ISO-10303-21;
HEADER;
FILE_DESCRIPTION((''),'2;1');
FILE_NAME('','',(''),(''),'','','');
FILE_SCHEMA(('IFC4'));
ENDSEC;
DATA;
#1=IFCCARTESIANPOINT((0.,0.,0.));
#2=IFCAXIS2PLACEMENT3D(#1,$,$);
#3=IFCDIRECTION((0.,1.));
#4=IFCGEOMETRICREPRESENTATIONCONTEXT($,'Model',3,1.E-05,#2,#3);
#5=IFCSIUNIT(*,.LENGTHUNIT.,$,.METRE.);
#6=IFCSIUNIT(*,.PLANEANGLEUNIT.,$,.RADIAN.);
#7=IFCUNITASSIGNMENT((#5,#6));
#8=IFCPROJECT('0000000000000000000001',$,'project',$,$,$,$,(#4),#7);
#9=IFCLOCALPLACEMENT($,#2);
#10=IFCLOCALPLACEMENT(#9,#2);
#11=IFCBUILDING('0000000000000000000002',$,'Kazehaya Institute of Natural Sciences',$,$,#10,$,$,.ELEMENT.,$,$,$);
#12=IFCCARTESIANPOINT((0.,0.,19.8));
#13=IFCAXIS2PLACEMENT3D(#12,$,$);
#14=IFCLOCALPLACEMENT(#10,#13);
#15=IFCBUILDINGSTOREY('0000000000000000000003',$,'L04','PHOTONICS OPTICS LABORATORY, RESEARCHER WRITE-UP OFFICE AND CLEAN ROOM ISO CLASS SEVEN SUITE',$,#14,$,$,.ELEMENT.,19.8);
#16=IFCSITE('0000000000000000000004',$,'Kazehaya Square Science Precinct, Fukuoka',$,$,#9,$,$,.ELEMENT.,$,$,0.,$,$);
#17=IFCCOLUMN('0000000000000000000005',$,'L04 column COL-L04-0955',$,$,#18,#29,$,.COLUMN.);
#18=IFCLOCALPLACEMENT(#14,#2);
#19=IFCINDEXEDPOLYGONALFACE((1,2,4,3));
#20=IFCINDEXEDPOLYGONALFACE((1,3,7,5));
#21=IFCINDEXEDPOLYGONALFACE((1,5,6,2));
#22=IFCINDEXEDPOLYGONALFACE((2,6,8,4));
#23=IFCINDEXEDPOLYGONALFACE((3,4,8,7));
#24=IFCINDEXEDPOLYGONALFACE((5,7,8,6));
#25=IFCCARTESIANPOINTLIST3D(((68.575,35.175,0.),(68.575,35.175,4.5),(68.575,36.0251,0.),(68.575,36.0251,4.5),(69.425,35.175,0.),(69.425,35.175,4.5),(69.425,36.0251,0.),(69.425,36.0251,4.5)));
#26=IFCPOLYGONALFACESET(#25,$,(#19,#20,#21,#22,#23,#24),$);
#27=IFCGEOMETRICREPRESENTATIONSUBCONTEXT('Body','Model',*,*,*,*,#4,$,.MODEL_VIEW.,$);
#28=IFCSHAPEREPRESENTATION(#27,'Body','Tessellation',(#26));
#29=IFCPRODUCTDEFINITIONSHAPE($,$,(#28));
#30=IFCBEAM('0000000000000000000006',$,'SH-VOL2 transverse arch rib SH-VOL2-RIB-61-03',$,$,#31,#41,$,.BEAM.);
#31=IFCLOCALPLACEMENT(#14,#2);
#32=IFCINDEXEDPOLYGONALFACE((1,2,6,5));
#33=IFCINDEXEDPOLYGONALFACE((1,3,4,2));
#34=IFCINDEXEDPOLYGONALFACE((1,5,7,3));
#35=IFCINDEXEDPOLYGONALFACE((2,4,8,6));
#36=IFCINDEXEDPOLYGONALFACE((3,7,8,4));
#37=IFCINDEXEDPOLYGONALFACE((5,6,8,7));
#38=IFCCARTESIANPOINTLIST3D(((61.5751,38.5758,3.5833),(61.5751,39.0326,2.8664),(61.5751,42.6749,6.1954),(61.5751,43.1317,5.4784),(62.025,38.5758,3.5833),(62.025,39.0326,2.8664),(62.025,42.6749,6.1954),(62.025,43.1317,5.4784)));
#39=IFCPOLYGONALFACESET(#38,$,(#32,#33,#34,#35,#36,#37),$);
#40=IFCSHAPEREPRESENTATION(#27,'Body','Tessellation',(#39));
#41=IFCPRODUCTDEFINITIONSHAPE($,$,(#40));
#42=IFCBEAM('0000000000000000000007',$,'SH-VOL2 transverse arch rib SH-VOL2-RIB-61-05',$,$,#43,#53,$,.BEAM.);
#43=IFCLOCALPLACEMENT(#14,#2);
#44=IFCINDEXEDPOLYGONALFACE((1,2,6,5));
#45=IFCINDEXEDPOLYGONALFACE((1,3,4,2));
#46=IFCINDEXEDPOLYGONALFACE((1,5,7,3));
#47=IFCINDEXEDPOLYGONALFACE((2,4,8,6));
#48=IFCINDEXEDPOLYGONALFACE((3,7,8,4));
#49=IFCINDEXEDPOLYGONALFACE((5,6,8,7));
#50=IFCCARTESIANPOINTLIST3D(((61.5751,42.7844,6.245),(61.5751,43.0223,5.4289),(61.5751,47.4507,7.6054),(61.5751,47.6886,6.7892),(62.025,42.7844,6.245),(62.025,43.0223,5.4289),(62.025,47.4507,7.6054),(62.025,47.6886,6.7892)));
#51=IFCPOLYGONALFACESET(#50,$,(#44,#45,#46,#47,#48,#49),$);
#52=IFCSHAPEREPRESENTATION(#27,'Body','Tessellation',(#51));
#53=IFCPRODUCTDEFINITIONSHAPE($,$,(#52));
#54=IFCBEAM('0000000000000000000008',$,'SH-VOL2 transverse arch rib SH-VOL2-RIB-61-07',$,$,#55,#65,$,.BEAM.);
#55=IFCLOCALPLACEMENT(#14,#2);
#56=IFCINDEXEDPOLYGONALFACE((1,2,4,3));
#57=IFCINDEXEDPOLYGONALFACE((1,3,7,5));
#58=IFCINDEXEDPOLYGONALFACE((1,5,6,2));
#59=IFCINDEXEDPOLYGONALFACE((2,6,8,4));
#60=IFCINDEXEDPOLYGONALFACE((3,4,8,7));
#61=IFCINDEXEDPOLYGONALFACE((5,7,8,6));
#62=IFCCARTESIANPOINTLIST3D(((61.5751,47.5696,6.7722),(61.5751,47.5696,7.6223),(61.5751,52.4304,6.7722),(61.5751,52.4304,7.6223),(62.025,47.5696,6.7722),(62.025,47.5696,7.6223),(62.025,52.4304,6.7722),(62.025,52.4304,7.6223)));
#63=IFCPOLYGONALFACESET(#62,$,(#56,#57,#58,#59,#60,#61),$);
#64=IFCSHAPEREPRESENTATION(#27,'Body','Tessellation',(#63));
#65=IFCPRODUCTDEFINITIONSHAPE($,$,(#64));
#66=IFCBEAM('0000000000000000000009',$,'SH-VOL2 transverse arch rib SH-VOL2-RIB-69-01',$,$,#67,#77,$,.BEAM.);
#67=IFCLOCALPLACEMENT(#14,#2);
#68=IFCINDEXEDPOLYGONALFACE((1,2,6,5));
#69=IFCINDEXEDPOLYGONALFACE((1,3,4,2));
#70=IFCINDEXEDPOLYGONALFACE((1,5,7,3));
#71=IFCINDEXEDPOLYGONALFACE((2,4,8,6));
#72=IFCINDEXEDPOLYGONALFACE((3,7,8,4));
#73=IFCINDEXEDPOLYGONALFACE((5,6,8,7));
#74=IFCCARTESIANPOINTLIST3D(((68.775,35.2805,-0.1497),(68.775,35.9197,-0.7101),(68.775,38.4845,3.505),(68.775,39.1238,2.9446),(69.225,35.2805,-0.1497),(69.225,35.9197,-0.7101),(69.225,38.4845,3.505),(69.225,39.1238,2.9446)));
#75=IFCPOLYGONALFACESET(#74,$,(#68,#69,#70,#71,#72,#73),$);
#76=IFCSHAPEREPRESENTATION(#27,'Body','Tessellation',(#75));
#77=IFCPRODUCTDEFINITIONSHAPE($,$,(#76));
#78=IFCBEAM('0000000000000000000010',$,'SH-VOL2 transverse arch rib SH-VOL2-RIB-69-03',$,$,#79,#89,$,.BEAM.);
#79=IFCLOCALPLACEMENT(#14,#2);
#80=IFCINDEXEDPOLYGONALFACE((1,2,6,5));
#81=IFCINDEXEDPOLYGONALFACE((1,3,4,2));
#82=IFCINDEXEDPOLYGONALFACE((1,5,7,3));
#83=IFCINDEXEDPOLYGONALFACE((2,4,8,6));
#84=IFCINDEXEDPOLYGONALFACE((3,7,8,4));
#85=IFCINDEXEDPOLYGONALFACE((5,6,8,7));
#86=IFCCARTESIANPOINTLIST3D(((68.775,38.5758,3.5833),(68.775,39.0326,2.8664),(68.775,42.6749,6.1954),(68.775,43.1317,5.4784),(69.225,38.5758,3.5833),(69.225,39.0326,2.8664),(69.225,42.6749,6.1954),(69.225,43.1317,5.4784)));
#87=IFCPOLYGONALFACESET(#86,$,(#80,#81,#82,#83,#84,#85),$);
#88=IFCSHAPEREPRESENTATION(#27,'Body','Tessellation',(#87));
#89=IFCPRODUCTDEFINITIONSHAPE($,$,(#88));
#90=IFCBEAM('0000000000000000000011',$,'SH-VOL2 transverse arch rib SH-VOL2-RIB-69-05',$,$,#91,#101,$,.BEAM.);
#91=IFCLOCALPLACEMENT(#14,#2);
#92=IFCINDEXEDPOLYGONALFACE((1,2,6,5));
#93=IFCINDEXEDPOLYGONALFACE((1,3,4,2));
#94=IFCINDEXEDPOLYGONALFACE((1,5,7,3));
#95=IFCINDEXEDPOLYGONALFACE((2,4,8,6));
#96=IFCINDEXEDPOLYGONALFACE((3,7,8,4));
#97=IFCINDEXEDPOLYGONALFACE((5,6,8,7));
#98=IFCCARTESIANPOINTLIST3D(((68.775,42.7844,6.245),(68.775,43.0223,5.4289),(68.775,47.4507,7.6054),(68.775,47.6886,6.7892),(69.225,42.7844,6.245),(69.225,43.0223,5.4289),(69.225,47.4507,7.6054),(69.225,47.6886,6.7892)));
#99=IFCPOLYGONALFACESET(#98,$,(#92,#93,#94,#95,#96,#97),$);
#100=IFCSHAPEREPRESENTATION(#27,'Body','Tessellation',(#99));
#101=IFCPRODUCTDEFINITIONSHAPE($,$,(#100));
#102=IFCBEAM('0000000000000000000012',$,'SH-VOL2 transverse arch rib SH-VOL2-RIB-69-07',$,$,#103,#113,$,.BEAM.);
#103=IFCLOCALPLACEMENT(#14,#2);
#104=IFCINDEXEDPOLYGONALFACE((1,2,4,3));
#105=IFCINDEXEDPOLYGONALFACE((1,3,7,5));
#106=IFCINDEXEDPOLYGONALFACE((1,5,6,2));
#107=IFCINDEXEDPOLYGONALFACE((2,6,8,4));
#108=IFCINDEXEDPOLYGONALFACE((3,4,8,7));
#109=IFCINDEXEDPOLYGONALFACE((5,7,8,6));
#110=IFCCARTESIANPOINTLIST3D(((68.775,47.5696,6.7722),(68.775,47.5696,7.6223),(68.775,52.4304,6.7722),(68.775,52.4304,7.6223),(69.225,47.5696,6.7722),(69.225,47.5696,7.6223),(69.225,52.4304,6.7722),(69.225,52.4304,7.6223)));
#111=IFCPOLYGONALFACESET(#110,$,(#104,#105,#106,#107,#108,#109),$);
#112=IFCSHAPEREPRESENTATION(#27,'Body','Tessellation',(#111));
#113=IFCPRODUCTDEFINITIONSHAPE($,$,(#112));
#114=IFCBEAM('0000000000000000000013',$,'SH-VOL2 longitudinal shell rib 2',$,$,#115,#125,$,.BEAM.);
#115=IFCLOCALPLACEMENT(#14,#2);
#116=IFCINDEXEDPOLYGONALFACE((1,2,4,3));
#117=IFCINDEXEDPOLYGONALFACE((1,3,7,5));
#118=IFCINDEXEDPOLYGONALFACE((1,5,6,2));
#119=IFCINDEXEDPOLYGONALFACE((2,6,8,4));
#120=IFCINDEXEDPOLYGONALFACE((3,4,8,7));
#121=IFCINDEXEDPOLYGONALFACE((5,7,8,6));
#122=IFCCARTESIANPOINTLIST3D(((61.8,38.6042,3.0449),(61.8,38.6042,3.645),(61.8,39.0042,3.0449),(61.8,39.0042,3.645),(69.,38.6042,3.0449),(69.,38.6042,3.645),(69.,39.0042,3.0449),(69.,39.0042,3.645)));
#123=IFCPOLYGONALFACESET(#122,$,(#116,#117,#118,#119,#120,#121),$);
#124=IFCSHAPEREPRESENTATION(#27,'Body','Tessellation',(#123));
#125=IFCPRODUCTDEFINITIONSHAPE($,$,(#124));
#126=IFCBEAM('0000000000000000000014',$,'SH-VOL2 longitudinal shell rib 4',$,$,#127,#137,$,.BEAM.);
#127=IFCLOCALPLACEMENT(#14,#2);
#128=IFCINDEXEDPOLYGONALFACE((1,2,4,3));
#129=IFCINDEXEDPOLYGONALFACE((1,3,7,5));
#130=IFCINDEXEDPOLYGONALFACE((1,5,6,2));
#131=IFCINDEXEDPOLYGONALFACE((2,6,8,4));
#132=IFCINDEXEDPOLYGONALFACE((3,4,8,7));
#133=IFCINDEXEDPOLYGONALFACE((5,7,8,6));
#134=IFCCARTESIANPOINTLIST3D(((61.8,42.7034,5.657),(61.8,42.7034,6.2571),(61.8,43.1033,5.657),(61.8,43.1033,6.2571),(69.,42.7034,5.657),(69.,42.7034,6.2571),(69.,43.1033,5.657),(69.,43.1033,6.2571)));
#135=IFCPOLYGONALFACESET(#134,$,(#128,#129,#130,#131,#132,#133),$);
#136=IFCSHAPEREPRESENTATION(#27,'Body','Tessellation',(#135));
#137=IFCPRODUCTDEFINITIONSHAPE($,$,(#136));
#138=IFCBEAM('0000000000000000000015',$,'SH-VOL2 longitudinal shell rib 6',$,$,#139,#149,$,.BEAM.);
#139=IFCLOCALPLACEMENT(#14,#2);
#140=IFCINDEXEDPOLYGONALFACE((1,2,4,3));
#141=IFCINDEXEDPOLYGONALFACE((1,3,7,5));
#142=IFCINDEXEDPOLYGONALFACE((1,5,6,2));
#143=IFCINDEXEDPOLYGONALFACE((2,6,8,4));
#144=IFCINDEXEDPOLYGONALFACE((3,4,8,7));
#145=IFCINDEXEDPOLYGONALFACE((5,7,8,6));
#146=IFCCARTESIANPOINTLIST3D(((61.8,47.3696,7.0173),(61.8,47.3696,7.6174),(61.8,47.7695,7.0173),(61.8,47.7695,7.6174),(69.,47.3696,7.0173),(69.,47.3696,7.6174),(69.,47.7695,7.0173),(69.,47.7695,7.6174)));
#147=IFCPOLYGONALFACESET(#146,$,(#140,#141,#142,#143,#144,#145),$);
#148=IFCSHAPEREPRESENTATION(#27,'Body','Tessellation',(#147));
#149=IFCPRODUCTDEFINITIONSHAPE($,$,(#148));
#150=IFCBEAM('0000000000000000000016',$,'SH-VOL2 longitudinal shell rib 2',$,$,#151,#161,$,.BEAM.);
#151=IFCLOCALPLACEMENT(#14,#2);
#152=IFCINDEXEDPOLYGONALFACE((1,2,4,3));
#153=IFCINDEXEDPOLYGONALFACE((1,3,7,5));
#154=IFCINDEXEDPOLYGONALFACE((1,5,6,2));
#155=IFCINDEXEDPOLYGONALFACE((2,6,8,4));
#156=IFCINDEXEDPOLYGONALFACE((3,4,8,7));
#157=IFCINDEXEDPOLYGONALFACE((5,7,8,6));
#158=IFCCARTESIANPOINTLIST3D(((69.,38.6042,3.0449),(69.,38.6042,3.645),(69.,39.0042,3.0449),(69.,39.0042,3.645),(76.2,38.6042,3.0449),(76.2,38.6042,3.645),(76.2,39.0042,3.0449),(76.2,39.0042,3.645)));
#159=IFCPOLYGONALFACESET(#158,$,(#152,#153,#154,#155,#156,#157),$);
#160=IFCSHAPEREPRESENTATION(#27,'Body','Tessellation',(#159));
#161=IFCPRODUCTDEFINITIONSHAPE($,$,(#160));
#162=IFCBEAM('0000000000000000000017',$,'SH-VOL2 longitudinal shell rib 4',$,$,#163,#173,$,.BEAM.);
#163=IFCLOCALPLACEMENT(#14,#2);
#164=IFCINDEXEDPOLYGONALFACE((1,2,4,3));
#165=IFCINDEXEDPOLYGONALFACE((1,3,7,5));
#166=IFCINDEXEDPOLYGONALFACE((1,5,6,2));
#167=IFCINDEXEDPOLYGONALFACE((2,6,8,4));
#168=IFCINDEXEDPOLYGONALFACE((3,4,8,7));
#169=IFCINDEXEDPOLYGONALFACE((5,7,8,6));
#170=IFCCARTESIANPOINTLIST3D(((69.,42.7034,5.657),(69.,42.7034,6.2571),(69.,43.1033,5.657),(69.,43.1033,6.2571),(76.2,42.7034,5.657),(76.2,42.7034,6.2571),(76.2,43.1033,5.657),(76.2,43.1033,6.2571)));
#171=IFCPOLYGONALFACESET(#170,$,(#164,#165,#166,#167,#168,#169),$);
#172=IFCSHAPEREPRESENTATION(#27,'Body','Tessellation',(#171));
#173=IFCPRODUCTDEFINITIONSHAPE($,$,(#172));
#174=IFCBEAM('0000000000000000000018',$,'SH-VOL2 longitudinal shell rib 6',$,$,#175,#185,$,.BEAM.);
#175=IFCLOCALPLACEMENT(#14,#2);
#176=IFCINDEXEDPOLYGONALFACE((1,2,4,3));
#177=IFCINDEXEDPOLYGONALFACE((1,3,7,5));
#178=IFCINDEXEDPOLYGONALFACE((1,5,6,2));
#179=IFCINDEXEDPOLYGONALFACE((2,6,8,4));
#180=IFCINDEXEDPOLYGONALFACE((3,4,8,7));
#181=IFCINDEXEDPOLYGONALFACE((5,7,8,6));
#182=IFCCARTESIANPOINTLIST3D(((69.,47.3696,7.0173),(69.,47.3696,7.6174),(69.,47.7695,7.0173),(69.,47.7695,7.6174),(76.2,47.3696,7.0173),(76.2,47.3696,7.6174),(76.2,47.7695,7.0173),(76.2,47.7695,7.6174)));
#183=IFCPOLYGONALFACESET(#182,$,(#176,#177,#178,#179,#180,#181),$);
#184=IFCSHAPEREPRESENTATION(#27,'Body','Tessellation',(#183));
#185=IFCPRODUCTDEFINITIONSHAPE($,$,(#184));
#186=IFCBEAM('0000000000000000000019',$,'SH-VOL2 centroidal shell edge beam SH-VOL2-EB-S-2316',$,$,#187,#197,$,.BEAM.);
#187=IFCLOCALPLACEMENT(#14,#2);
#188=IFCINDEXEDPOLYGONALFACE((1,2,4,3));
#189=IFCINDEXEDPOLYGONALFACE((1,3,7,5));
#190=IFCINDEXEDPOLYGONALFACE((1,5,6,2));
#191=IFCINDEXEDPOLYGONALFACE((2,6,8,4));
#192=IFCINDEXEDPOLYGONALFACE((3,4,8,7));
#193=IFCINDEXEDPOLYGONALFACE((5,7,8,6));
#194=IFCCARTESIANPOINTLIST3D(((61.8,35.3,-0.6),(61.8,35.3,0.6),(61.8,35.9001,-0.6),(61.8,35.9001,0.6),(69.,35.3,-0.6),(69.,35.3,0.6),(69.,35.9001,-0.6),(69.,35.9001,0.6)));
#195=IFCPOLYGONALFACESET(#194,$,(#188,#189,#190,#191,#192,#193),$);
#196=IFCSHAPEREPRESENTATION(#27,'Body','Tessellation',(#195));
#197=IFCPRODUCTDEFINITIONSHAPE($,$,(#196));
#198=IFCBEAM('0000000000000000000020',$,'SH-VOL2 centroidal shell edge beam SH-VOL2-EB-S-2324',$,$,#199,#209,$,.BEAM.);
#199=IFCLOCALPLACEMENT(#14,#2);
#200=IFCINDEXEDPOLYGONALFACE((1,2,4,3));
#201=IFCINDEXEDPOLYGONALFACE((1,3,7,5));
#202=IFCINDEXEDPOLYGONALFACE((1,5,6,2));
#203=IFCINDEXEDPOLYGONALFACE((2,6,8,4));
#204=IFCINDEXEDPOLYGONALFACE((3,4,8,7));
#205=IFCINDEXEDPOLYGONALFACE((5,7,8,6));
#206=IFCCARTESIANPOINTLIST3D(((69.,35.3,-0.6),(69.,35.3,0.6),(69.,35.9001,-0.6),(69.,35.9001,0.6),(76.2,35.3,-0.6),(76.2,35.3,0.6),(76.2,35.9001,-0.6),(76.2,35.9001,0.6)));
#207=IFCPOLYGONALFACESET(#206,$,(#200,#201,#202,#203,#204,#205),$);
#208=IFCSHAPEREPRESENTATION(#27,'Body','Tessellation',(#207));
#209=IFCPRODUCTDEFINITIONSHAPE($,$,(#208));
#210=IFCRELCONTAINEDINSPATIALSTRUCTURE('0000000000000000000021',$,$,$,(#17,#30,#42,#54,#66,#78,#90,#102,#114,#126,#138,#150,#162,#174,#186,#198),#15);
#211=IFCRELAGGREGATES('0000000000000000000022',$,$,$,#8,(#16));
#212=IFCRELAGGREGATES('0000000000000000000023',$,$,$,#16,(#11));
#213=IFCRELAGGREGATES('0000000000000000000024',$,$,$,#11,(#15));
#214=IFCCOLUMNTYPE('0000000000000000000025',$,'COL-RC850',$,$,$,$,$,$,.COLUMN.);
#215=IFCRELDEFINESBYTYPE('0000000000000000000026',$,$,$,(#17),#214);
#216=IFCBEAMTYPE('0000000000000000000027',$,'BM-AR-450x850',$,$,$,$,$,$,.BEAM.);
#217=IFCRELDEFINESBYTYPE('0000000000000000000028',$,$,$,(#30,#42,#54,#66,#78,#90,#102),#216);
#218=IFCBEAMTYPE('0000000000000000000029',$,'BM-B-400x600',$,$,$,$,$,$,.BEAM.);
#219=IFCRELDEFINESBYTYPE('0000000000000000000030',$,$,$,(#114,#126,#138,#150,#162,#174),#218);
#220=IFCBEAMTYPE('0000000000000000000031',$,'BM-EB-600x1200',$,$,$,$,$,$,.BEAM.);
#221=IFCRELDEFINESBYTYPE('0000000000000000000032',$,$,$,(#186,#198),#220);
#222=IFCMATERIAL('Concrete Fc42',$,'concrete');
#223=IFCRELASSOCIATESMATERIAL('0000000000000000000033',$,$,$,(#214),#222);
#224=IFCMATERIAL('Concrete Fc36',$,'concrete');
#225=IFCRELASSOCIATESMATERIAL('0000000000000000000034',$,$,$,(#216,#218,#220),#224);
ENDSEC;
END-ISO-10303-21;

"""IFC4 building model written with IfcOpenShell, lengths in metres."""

from ifc_helpers import new_model, si_unit, direction, frame, origin, origin_2d, place, context, subcontext, project, spatial, rectangle, extrude, material, material_profile, profile_set, type_object, element, save


model = new_model("IFC4")

# Units and contexts
model_context = context("Model", 3, precision=1e-05, world=origin(), true_north=direction((0.0, 1.0)))
body_context = subcontext(model_context, "Body", "Model", "MODEL_VIEW")
ifc_project = project(units=[si_unit("LENGTHUNIT", "METRE"), si_unit("PLANEANGLEUNIT", "RADIAN")], contexts=[model_context])

# Site, building, storey
site_placement = place(None, origin())
site = spatial("IfcSite", under=ifc_project, at=site_placement, Name="Kazehaya Square Science Precinct, Fukuoka", CompositionType="ELEMENT", RefElevation=0.0)
building_placement = place(site_placement, origin())
building = spatial("IfcBuilding", under=site, at=building_placement, Name="Kazehaya Institute of Natural Sciences", CompositionType="ELEMENT")
storey_placement = place(building_placement, frame((0.0, 0.0, 19.8)))
storey = spatial("IfcBuildingStorey", under=building, at=storey_placement, Name="L04", Description="PHOTONICS OPTICS LABORATORY, RESEARCHER WRITE-UP OFFICE AND CLEAN ROOM ISO CLASS SEVEN SUITE", CompositionType="ELEMENT", Elevation=19.8)

# Column
ifc_material_1 = material(Name="Concrete Fc42", Category="concrete")
ifc_material_profile_1 = material_profile(ifc_material_1, rectangle(XDim=0.8501, YDim=0.8501, at=origin_2d()), Name="RC-850x850")
ifc_profile_set_1 = profile_set([ifc_material_profile_1], Name="Concrete Fc42")
column_type = type_object("IfcColumnType", Name="COL-RC850", PredefinedType="COLUMN", material=ifc_profile_set_1)
column_placement = place(storey_placement, frame((69.0, 35.6001, 0.0), z_axis=(0.0, 0.0, 1.0), x_axis=(1.0, 0.0, 0.0)))
element("IfcColumn", 1, at=column_placement, inside=storey, type_object=column_type, Name="L04 column COL-L04-0955", PredefinedType="COLUMN", context=body_context, shape_type="SweptSolid", body=[
    extrude(rectangle(XDim=0.8501, YDim=0.8501, at=origin_2d()), origin(), (0.0, 0.0, 1.0), 4.5),
])

# Beams
ifc_material_2 = material(Name="Concrete Fc36", Category="concrete")
ifc_material_profile_2 = material_profile(ifc_material_2, rectangle(XDim=0.45, YDim=0.8501, at=origin_2d()), Name="RC-450x850")
ifc_profile_set_2 = profile_set([ifc_material_profile_2], Name="Concrete Fc36")
beam_type_1 = type_object("IfcBeamType", Name="BM-AR-450x850", PredefinedType="BEAM", material=ifc_profile_set_2)
for number, where, z_axis, x_axis, name in (
    (2, (61.8, 38.8042, 3.2249), (0.0, 0.843332, 0.537392), (-1.0, 0.0, 0.0), "SH-VOL2 transverse arch rib SH-VOL2-RIB-61-03"),
    (3, (61.8, 42.9033, 5.8369), (0.0, 0.960035, 0.279878), (-1.0, 0.0, 0.0), "SH-VOL2 transverse arch rib SH-VOL2-RIB-61-05"),
):
    element("IfcBeam", number, at=place(storey_placement, frame(where, z_axis=z_axis, x_axis=x_axis)), inside=storey, type_object=beam_type_1, Name=name, PredefinedType="BEAM", context=body_context, shape_type="SweptSolid", body=[
        extrude(rectangle(XDim=0.45, YDim=0.8501, at=origin_2d()), origin(), (0.0, 0.0, 1.0), 4.8606),
    ])
beam_1_placement = place(storey_placement, frame((61.8, 47.5696, 7.1973), z_axis=(0.0, 1.0, 0.0), x_axis=(-1.0, 0.0, 0.0)))
element("IfcBeam", 4, at=beam_1_placement, inside=storey, type_object=beam_type_1, Name="SH-VOL2 transverse arch rib SH-VOL2-RIB-61-07", PredefinedType="BEAM", context=body_context, shape_type="SweptSolid", body=[
    extrude(rectangle(XDim=0.45, YDim=0.8501, at=origin_2d()), origin(), (0.0, 0.0, 1.0), 4.8608),
])
beam_2_placement = place(storey_placement, frame((69.0, 35.6001, -0.4299), z_axis=(0.0, 0.659223, 0.751948), x_axis=(-1.0, 0.0, 0.0)))
element("IfcBeam", 5, at=beam_2_placement, inside=storey, type_object=beam_type_1, Name="SH-VOL2 transverse arch rib SH-VOL2-RIB-69-01", PredefinedType="BEAM", context=body_context, shape_type="SweptSolid", body=[
    extrude(rectangle(XDim=0.45, YDim=0.8501, at=origin_2d()), origin(), (0.0, 0.0, 1.0), 4.8604),
])
for number, where, z_axis, x_axis, name in (
    (6, (69.0, 38.8042, 3.2249), (0.0, 0.843332, 0.537392), (-1.0, 0.0, 0.0), "SH-VOL2 transverse arch rib SH-VOL2-RIB-69-03"),
    (7, (69.0, 42.9033, 5.8369), (0.0, 0.960035, 0.279878), (-1.0, 0.0, 0.0), "SH-VOL2 transverse arch rib SH-VOL2-RIB-69-05"),
):
    element("IfcBeam", number, at=place(storey_placement, frame(where, z_axis=z_axis, x_axis=x_axis)), inside=storey, type_object=beam_type_1, Name=name, PredefinedType="BEAM", context=body_context, shape_type="SweptSolid", body=[
        extrude(rectangle(XDim=0.45, YDim=0.8501, at=origin_2d()), origin(), (0.0, 0.0, 1.0), 4.8606),
    ])
beam_3_placement = place(storey_placement, frame((69.0, 47.5696, 7.1973), z_axis=(0.0, 1.0, 0.0), x_axis=(-1.0, 0.0, 0.0)))
element("IfcBeam", 8, at=beam_3_placement, inside=storey, type_object=beam_type_1, Name="SH-VOL2 transverse arch rib SH-VOL2-RIB-69-07", PredefinedType="BEAM", context=body_context, shape_type="SweptSolid", body=[
    extrude(rectangle(XDim=0.45, YDim=0.8501, at=origin_2d()), origin(), (0.0, 0.0, 1.0), 4.8608),
])
ifc_material_profile_3 = material_profile(ifc_material_2, rectangle(XDim=0.3999, YDim=0.6001, at=origin_2d()), Name="RC-400x600")
ifc_profile_set_3 = profile_set([ifc_material_profile_3], Name="Concrete Fc36")
beam_type_2 = type_object("IfcBeamType", Name="BM-B-400x600", PredefinedType="BEAM", material=ifc_profile_set_3)
for number, where, z_axis, x_axis, name in (
    (9, (61.8, 38.8042, 3.345), (1.0, 0.0, 0.0), (0.0, 1.0, 0.0), "SH-VOL2 longitudinal shell rib 2"),
    (10, (61.8, 42.9033, 5.957), (1.0, 0.0, 0.0), (0.0, 1.0, 0.0), "SH-VOL2 longitudinal shell rib 4"),
    (11, (61.8, 47.5696, 7.3174), (1.0, 0.0, 0.0), (0.0, 1.0, 0.0), "SH-VOL2 longitudinal shell rib 6"),
    (12, (69.0, 38.8042, 3.345), (1.0, 0.0, 0.0), (0.0, 1.0, 0.0), "SH-VOL2 longitudinal shell rib 2"),
    (13, (69.0, 42.9033, 5.957), (1.0, 0.0, 0.0), (0.0, 1.0, 0.0), "SH-VOL2 longitudinal shell rib 4"),
    (14, (69.0, 47.5696, 7.3174), (1.0, 0.0, 0.0), (0.0, 1.0, 0.0), "SH-VOL2 longitudinal shell rib 6"),
):
    element("IfcBeam", number, at=place(storey_placement, frame(where, z_axis=z_axis, x_axis=x_axis)), inside=storey, type_object=beam_type_2, Name=name, PredefinedType="BEAM", context=body_context, shape_type="SweptSolid", body=[
        extrude(rectangle(XDim=0.3999, YDim=0.6001, at=origin_2d()), origin(), (0.0, 0.0, 1.0), 7.2),
    ])
ifc_material_profile_4 = material_profile(ifc_material_2, rectangle(XDim=0.6001, YDim=1.2, at=origin_2d()), Name="RC-600x1200")
ifc_profile_set_4 = profile_set([ifc_material_profile_4], Name="Concrete Fc36")
beam_type_3 = type_object("IfcBeamType", Name="BM-EB-600x1200", PredefinedType="BEAM", material=ifc_profile_set_4)
for number, where, z_axis, x_axis, name in (
    (15, (61.8, 35.6001, 0.0), (1.0, 0.0, 0.0), (0.0, 1.0, 0.0), "SH-VOL2 centroidal shell edge beam SH-VOL2-EB-S-2316"),
    (16, (69.0, 35.6001, 0.0), (1.0, 0.0, 0.0), (0.0, 1.0, 0.0), "SH-VOL2 centroidal shell edge beam SH-VOL2-EB-S-2324"),
):
    element("IfcBeam", number, at=place(storey_placement, frame(where, z_axis=z_axis, x_axis=x_axis)), inside=storey, type_object=beam_type_3, Name=name, PredefinedType="BEAM", context=body_context, shape_type="SweptSolid", body=[
        extrude(rectangle(XDim=0.6001, YDim=1.2, at=origin_2d()), origin(), (0.0, 0.0, 1.0), 7.2),
    ])

save(model, "model.ifc")
